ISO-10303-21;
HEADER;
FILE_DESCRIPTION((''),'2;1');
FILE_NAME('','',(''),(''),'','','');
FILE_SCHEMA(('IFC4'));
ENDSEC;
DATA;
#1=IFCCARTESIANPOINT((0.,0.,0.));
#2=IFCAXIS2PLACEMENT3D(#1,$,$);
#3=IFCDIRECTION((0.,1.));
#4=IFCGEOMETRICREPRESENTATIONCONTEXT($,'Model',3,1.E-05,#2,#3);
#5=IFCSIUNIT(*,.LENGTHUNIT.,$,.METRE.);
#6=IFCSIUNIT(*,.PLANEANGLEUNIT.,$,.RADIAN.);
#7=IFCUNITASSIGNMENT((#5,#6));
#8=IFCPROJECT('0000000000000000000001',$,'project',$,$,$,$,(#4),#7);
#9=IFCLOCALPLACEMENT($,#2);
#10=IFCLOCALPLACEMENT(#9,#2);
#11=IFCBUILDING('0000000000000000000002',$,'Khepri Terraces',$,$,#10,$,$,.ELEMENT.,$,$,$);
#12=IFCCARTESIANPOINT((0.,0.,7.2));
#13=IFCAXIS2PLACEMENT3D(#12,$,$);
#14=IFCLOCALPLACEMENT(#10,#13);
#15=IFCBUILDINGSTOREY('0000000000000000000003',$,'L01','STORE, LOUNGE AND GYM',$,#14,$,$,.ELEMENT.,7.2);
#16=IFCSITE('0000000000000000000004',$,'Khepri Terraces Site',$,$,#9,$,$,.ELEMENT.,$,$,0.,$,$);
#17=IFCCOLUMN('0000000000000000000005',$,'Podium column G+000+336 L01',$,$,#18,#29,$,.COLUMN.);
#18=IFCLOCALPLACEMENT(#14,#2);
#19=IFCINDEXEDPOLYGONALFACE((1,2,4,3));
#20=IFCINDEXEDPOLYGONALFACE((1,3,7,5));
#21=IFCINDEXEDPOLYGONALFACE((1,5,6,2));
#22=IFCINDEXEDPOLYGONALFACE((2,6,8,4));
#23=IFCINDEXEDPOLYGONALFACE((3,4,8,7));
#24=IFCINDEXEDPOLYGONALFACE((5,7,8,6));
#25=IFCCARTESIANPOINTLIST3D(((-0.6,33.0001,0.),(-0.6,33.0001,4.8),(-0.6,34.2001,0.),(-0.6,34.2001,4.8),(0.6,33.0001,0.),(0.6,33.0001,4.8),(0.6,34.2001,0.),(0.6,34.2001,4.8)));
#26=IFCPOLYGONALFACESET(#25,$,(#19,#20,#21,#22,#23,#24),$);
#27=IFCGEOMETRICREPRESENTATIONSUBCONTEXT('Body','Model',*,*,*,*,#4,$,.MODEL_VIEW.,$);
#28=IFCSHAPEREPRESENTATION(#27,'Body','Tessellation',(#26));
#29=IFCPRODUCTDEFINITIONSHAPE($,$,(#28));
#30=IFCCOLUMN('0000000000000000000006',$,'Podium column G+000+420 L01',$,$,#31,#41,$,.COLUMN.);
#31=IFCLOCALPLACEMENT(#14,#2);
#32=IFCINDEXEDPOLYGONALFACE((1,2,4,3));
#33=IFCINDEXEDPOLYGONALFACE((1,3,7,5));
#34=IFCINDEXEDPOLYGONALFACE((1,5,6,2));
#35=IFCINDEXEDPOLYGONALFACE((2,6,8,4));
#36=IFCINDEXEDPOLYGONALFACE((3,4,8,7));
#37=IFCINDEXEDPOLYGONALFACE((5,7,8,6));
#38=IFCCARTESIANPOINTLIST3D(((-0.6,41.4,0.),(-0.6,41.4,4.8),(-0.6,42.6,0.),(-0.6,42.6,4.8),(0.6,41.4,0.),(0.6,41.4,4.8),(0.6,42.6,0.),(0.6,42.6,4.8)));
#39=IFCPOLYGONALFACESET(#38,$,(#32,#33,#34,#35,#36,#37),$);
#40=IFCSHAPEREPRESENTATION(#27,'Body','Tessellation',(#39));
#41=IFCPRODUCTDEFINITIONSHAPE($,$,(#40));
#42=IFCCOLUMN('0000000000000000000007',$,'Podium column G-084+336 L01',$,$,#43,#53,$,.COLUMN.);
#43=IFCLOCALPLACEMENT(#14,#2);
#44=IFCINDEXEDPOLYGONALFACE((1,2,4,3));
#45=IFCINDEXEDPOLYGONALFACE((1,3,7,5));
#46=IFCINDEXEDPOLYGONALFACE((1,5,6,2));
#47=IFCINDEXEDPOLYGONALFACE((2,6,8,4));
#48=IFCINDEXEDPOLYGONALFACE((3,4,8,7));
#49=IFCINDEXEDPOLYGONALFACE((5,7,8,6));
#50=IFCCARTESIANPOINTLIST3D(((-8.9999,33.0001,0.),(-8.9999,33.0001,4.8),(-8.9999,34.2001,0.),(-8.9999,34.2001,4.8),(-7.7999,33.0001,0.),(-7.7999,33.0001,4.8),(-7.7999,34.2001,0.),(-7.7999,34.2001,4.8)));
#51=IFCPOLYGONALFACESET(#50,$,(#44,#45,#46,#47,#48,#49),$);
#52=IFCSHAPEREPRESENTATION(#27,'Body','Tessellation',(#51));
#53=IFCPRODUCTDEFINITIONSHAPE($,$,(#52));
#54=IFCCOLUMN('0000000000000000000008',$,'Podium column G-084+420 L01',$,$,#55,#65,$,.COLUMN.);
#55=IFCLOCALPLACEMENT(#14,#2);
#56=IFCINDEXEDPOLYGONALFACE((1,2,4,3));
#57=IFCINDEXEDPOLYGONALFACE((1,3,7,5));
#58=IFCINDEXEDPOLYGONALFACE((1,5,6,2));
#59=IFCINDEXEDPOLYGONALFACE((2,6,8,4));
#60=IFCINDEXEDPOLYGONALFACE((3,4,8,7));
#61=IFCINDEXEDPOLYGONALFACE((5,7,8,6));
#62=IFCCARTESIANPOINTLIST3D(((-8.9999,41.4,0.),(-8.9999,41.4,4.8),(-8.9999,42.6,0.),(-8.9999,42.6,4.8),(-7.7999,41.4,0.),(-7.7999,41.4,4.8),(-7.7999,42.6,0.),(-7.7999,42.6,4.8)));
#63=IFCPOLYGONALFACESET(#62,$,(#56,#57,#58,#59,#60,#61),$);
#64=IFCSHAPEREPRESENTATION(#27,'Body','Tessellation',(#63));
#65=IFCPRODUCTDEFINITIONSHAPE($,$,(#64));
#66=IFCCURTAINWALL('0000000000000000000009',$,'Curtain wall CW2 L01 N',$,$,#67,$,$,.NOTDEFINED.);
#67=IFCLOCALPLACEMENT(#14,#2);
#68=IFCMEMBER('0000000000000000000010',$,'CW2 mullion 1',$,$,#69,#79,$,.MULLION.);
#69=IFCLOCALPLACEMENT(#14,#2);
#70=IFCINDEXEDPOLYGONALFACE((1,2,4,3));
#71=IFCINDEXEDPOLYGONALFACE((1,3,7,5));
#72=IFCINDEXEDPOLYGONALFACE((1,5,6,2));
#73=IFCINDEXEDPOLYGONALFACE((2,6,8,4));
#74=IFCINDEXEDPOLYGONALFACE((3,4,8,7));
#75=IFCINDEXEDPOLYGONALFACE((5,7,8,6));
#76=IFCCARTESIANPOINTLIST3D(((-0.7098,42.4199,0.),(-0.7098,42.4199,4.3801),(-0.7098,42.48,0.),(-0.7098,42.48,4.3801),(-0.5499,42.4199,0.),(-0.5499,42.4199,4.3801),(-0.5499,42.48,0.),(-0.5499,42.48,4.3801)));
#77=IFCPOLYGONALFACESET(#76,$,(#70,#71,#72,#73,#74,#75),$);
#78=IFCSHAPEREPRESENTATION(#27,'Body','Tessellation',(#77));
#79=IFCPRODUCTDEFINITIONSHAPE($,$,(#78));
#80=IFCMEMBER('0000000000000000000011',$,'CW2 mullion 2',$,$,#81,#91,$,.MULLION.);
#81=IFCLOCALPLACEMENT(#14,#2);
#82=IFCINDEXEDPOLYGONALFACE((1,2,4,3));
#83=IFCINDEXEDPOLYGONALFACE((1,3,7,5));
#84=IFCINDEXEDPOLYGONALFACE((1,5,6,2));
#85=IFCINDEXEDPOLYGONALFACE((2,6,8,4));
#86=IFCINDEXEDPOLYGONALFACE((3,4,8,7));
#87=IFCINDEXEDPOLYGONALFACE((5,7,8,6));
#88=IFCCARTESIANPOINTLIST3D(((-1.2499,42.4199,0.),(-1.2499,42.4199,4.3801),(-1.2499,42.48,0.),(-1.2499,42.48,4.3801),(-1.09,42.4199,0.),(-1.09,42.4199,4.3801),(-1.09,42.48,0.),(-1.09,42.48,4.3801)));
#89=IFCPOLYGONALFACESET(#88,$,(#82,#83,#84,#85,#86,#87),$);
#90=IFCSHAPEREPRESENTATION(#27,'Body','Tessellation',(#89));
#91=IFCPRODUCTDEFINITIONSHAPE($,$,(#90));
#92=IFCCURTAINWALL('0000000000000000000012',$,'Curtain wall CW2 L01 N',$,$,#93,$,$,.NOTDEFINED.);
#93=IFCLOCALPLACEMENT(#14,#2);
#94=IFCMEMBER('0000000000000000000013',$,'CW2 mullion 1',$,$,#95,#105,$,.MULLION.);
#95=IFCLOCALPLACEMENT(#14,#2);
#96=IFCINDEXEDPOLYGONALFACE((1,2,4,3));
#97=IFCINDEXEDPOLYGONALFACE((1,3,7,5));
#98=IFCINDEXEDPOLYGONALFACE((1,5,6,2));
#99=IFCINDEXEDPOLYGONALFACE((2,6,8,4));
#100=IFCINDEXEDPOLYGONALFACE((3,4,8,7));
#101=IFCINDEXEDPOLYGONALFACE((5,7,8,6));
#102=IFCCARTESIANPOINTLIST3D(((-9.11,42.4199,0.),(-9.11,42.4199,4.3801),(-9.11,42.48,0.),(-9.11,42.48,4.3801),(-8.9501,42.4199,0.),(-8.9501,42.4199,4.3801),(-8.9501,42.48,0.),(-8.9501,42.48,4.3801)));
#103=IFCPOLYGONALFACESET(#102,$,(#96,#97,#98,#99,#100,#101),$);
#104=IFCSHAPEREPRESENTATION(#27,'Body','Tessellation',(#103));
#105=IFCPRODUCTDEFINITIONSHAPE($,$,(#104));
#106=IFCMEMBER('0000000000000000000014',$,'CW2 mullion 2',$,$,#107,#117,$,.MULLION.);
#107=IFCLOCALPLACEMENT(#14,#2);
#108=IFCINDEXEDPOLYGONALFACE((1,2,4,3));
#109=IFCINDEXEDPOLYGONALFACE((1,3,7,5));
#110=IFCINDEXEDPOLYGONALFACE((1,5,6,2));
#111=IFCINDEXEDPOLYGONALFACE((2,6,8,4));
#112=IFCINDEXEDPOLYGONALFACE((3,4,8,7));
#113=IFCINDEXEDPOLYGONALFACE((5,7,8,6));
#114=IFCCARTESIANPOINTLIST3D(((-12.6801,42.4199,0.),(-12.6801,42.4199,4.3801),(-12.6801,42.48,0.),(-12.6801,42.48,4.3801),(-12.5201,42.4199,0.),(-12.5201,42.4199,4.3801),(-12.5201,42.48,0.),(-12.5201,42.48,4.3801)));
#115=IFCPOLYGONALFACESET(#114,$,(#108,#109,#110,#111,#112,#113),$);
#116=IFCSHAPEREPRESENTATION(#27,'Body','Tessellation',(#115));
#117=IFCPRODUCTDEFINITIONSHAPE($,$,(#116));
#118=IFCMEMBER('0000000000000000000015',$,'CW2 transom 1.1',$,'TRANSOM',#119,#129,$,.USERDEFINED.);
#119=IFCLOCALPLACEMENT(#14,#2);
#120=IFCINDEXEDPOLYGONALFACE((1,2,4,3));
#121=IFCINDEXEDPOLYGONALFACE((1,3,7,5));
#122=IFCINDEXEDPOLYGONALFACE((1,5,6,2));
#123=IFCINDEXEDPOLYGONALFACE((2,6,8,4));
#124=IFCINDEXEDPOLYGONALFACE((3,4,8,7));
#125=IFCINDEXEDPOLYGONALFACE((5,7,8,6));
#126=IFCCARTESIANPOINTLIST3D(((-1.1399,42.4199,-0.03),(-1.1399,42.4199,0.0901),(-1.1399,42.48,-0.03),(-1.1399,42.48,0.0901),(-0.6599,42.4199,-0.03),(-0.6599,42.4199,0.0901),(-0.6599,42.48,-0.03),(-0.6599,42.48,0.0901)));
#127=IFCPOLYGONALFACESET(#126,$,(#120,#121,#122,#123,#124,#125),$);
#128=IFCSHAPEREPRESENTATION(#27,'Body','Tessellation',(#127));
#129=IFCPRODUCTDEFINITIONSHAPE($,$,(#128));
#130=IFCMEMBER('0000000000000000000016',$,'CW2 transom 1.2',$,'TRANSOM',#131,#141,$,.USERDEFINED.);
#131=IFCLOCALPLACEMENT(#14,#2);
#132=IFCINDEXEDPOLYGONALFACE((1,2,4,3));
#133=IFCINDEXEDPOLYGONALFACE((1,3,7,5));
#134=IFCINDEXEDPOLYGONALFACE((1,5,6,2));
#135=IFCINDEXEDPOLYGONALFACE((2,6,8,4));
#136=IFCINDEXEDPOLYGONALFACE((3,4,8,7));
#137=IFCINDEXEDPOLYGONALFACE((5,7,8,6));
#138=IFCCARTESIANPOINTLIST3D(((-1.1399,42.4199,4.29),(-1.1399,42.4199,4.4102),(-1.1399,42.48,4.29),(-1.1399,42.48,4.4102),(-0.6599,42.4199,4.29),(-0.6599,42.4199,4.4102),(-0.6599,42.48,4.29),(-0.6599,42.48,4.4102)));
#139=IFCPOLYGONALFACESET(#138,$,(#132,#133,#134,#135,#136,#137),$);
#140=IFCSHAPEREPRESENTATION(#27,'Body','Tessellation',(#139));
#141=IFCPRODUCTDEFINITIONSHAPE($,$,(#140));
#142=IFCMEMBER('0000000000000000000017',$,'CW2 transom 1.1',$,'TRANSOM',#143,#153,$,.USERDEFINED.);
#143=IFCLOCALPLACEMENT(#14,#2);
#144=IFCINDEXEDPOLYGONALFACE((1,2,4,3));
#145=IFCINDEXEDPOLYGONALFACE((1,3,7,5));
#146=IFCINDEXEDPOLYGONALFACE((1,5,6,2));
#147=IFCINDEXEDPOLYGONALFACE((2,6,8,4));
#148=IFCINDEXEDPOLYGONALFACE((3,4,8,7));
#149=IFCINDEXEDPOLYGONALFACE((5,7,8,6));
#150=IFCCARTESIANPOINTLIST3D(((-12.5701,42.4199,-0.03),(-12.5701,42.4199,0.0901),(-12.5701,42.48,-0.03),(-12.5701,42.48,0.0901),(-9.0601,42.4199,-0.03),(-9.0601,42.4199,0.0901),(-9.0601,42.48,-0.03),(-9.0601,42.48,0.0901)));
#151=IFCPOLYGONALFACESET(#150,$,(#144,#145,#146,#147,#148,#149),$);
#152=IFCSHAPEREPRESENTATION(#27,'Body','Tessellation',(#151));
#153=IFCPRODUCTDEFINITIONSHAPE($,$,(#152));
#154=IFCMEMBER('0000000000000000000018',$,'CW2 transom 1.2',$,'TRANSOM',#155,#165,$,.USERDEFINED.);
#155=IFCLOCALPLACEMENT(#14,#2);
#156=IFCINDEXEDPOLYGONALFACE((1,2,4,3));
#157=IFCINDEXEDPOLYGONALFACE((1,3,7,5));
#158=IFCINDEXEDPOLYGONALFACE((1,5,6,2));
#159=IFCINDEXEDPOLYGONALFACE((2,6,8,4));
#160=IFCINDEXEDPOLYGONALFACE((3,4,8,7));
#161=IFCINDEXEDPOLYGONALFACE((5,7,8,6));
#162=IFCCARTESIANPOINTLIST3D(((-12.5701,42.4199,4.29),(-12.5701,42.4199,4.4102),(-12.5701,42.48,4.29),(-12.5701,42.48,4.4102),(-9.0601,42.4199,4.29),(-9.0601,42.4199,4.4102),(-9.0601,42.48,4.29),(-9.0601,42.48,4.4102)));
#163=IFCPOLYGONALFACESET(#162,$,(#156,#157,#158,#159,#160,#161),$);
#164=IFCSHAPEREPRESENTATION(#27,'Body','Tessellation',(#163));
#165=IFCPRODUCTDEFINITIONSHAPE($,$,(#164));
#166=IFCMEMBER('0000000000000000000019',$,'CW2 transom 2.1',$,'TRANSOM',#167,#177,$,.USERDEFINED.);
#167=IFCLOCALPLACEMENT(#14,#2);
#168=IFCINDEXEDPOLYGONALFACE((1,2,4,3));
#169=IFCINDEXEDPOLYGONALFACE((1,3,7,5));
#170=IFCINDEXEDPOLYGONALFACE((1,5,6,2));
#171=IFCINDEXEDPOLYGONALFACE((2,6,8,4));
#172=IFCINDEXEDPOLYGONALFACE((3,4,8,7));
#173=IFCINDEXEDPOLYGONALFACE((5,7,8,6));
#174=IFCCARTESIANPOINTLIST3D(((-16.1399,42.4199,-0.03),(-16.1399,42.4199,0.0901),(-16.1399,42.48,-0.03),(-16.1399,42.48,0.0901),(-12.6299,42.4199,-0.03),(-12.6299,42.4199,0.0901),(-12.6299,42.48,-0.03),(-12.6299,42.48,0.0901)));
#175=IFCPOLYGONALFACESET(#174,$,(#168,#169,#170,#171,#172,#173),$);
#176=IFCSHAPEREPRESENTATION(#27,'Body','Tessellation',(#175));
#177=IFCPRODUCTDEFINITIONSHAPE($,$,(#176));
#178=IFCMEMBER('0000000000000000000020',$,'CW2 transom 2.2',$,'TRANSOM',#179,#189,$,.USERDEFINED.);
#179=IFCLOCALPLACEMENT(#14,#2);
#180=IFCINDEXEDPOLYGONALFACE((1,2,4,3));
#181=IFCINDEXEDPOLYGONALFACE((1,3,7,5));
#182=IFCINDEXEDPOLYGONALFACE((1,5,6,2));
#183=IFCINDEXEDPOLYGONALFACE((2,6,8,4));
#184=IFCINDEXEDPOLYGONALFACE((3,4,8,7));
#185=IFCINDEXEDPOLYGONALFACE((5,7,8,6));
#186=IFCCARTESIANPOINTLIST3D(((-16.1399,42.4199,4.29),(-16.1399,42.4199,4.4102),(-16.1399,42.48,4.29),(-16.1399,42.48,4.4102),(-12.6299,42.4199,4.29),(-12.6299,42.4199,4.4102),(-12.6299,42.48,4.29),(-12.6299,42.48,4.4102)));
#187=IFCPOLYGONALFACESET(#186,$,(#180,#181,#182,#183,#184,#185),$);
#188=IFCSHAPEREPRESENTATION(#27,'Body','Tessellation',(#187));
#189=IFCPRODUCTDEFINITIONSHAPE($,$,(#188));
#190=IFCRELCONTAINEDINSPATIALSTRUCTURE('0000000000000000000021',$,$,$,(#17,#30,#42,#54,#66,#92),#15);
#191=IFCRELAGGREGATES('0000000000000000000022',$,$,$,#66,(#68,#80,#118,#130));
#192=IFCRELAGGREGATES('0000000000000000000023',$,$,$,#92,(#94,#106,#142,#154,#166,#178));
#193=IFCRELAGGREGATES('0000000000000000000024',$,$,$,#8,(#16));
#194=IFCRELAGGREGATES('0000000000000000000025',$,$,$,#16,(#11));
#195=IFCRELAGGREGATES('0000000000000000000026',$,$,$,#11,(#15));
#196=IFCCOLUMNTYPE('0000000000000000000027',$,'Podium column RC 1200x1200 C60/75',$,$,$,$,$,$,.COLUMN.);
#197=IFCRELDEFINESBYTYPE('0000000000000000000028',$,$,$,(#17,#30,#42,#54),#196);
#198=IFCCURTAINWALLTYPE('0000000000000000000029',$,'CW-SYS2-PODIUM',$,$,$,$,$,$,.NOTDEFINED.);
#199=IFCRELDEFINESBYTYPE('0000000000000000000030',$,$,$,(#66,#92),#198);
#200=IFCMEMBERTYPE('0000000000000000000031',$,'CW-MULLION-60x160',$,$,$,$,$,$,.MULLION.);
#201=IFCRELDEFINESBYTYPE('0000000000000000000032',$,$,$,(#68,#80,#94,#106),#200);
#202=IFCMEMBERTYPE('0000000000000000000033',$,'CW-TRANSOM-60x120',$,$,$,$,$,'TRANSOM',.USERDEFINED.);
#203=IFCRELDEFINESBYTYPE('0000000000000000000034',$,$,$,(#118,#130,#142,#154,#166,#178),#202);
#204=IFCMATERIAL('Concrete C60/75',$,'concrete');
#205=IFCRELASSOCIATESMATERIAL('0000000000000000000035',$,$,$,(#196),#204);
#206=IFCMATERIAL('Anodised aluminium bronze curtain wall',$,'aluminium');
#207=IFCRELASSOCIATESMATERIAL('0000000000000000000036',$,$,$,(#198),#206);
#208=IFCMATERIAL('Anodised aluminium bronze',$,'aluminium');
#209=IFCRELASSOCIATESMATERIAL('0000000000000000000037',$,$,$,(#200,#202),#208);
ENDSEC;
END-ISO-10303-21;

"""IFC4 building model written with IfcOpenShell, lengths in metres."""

from ifc_helpers import new_model, si_unit, direction, frame, origin, origin_2d, place, context, subcontext, project, spatial, rectangle, extrude, material, material_profile, profile_set, type_object, element, aggregate, save


model = new_model("IFC4")

# Units and contexts
model_context = context("Model", 3, precision=1e-05, world=origin(), true_north=direction((0.0, 1.0)))
body_context = subcontext(model_context, "Body", "Model", "MODEL_VIEW")
ifc_project = project(units=[si_unit("LENGTHUNIT", "METRE"), si_unit("PLANEANGLEUNIT", "RADIAN")], contexts=[model_context])

# Site, building, storey
site_placement = place(None, origin())
site = spatial("IfcSite", under=ifc_project, at=site_placement, Name="Khepri Terraces Site", CompositionType="ELEMENT", RefElevation=0.0)
building_placement = place(site_placement, origin())
building = spatial("IfcBuilding", under=site, at=building_placement, Name="Khepri Terraces", CompositionType="ELEMENT")
storey_placement = place(building_placement, frame((0.0, 0.0, 7.2)))
storey = spatial("IfcBuildingStorey", under=building, at=storey_placement, Name="L01", Description="STORE, LOUNGE AND GYM", CompositionType="ELEMENT", Elevation=7.2)

# Columns
ifc_material_1 = material(Name="Concrete C60/75", Category="concrete")
ifc_material_profile_1 = material_profile(ifc_material_1, rectangle(XDim=1.2, YDim=1.2, at=origin_2d()), Name="Concrete C60/75", Category="concrete")
ifc_profile_set_1 = profile_set([ifc_material_profile_1], Name="Concrete C60/75")
column_type = type_object("IfcColumnType", Name="Podium column RC 1200x1200 C60/75", PredefinedType="COLUMN", material=ifc_profile_set_1)
for number, where, z_axis, x_axis, name in (
    (1, (0.0, 33.6001, 0.0), (0.0, 0.0, 1.0), (1.0, 0.0, 0.0), "Podium column G+000+336 L01"),
    (2, (0.0, 42.0, 0.0), (0.0, 0.0, 1.0), (1.0, 0.0, 0.0), "Podium column G+000+420 L01"),
    (3, (-8.3999, 33.6001, 0.0), (0.0, 0.0, 1.0), (1.0, 0.0, 0.0), "Podium column G-084+336 L01"),
    (4, (-8.3999, 42.0, 0.0), (0.0, 0.0, 1.0), (1.0, 0.0, 0.0), "Podium column G-084+420 L01"),
):
    element("IfcColumn", number, at=place(storey_placement, frame(where, z_axis=z_axis, x_axis=x_axis)), inside=storey, type_object=column_type, Name=name, PredefinedType="COLUMN", context=body_context, shape_type="SweptSolid", body=[
        extrude(rectangle(XDim=1.2, YDim=1.2, at=origin_2d()), origin(), (0.0, 0.0, 1.0), 4.8),
    ])

# Curtain walls, members
ifc_material_2 = material(Name="Anodised aluminium bronze curtain wall", Category="aluminium")
curtain_wall_type = type_object("IfcCurtainWallType", Name="CW-SYS2-PODIUM", PredefinedType="NOTDEFINED", material=ifc_material_2)
curtain_wall_1_placement = place(storey_placement, origin())
curtain_wall_1 = element("IfcCurtainWall", 5, at=curtain_wall_1_placement, inside=storey, type_object=curtain_wall_type, Name="Curtain wall CW2 L01 N", PredefinedType="NOTDEFINED")
ifc_material_3 = material(Name="Anodised aluminium bronze", Category="aluminium")
ifc_material_profile_2 = material_profile(ifc_material_3, rectangle(XDim=0.0601, YDim=0.1599, at=origin_2d()), Name="Anodised aluminium bronze", Category="aluminium")
ifc_profile_set_2 = profile_set([ifc_material_profile_2], Name="Anodised aluminium bronze")
member_type_1 = type_object("IfcMemberType", Name="CW-MULLION-60x160", PredefinedType="MULLION", material=ifc_profile_set_2)
member_1_placement = place(storey_placement, frame((-0.6299, 42.45, 0.0), z_axis=(0.0, 0.0, 1.0), x_axis=(0.0, -1.0, 0.0)))
member_1 = element("IfcMember", 6, at=member_1_placement, type_object=member_type_1, Name="CW2 mullion 1", PredefinedType="MULLION", context=body_context, shape_type="SweptSolid", body=[
    extrude(rectangle(XDim=0.0601, YDim=0.1599, at=origin_2d()), origin(), (0.0, 0.0, 1.0), 4.3801),
])
member_2_placement = place(storey_placement, frame((-1.1699, 42.45, 0.0), z_axis=(0.0, 0.0, 1.0), x_axis=(0.0, -1.0, 0.0)))
member_2 = element("IfcMember", 7, at=member_2_placement, type_object=member_type_1, Name="CW2 mullion 2", PredefinedType="MULLION", context=body_context, shape_type="SweptSolid", body=[
    extrude(rectangle(XDim=0.0601, YDim=0.1599, at=origin_2d()), origin(), (0.0, 0.0, 1.0), 4.3801),
])
curtain_wall_2_placement = place(storey_placement, origin())
curtain_wall_2 = element("IfcCurtainWall", 8, at=curtain_wall_2_placement, inside=storey, type_object=curtain_wall_type, Name="Curtain wall CW2 L01 N", PredefinedType="NOTDEFINED")
member_3_placement = place(storey_placement, frame((-9.03, 42.45, 0.0), z_axis=(0.0, 0.0, 1.0), x_axis=(0.0, -1.0, 0.0)))
member_3 = element("IfcMember", 9, at=member_3_placement, type_object=member_type_1, Name="CW2 mullion 1", PredefinedType="MULLION", context=body_context, shape_type="SweptSolid", body=[
    extrude(rectangle(XDim=0.0601, YDim=0.1599, at=origin_2d()), origin(), (0.0, 0.0, 1.0), 4.3801),
])
member_4_placement = place(storey_placement, frame((-12.6001, 42.45, 0.0), z_axis=(0.0, 0.0, 1.0), x_axis=(0.0, -1.0, 0.0)))
member_4 = element("IfcMember", 10, at=member_4_placement, type_object=member_type_1, Name="CW2 mullion 2", PredefinedType="MULLION", context=body_context, shape_type="SweptSolid", body=[
    extrude(rectangle(XDim=0.0601, YDim=0.1599, at=origin_2d()), origin(), (0.0, 0.0, 1.0), 4.3801),
])

# Members
ifc_material_profile_3 = material_profile(ifc_material_3, rectangle(XDim=0.0601, YDim=0.1201, at=origin_2d()), Name="Anodised aluminium bronze", Category="aluminium")
ifc_profile_set_3 = profile_set([ifc_material_profile_3], Name="Anodised aluminium bronze")
member_type_2 = type_object("IfcMemberType", Name="CW-TRANSOM-60x120", ElementType="TRANSOM", PredefinedType="USERDEFINED", material=ifc_profile_set_3)
member_5_placement = place(storey_placement, frame((-0.6599, 42.45, 0.03), z_axis=(-1.0, 0.0, 0.0), x_axis=(0.0, -1.0, 0.0)))
member_5 = element("IfcMember", 11, at=member_5_placement, type_object=member_type_2, Name="CW2 transom 1.1", ObjectType="TRANSOM", PredefinedType="USERDEFINED", context=body_context, shape_type="SweptSolid", body=[
    extrude(rectangle(XDim=0.0601, YDim=0.1201, at=origin_2d()), origin(), (0.0, 0.0, 1.0), 0.48),
])
member_6_placement = place(storey_placement, frame((-0.6599, 42.45, 4.3501), z_axis=(-1.0, 0.0, 0.0), x_axis=(0.0, -1.0, 0.0)))
member_6 = element("IfcMember", 12, at=member_6_placement, type_object=member_type_2, Name="CW2 transom 1.2", ObjectType="TRANSOM", PredefinedType="USERDEFINED", context=body_context, shape_type="SweptSolid", body=[
    extrude(rectangle(XDim=0.0601, YDim=0.1201, at=origin_2d()), origin(), (0.0, 0.0, 1.0), 0.48),
])
member_7_placement = place(storey_placement, frame((-9.0601, 42.45, 0.03), z_axis=(-1.0, 0.0, 0.0), x_axis=(0.0, -1.0, 0.0)))
member_7 = element("IfcMember", 13, at=member_7_placement, type_object=member_type_2, Name="CW2 transom 1.1", ObjectType="TRANSOM", PredefinedType="USERDEFINED", context=body_context, shape_type="SweptSolid", body=[
    extrude(rectangle(XDim=0.0601, YDim=0.1201, at=origin_2d()), origin(), (0.0, 0.0, 1.0), 3.51),
])
member_8_placement = place(storey_placement, frame((-9.0601, 42.45, 4.3501), z_axis=(-1.0, 0.0, 0.0), x_axis=(0.0, -1.0, 0.0)))
member_8 = element("IfcMember", 14, at=member_8_placement, type_object=member_type_2, Name="CW2 transom 1.2", ObjectType="TRANSOM", PredefinedType="USERDEFINED", context=body_context, shape_type="SweptSolid", body=[
    extrude(rectangle(XDim=0.0601, YDim=0.1201, at=origin_2d()), origin(), (0.0, 0.0, 1.0), 3.51),
])
member_9_placement = place(storey_placement, frame((-12.6299, 42.45, 0.03), z_axis=(-1.0, 0.0, 0.0), x_axis=(0.0, -1.0, 0.0)))
member_9 = element("IfcMember", 15, at=member_9_placement, type_object=member_type_2, Name="CW2 transom 2.1", ObjectType="TRANSOM", PredefinedType="USERDEFINED", context=body_context, shape_type="SweptSolid", body=[
    extrude(rectangle(XDim=0.0601, YDim=0.1201, at=origin_2d()), origin(), (0.0, 0.0, 1.0), 3.51),
])
member_10_placement = place(storey_placement, frame((-12.6299, 42.45, 4.3501), z_axis=(-1.0, 0.0, 0.0), x_axis=(0.0, -1.0, 0.0)))
member_10 = element("IfcMember", 16, at=member_10_placement, type_object=member_type_2, Name="CW2 transom 2.2", ObjectType="TRANSOM", PredefinedType="USERDEFINED", context=body_context, shape_type="SweptSolid", body=[
    extrude(rectangle(XDim=0.0601, YDim=0.1201, at=origin_2d()), origin(), (0.0, 0.0, 1.0), 3.51),
])

aggregate(curtain_wall_1, [member_1, member_2, member_5, member_6])
aggregate(curtain_wall_2, [member_3, member_4, member_7, member_8, member_9, member_10])

save(model, "model.ifc")
